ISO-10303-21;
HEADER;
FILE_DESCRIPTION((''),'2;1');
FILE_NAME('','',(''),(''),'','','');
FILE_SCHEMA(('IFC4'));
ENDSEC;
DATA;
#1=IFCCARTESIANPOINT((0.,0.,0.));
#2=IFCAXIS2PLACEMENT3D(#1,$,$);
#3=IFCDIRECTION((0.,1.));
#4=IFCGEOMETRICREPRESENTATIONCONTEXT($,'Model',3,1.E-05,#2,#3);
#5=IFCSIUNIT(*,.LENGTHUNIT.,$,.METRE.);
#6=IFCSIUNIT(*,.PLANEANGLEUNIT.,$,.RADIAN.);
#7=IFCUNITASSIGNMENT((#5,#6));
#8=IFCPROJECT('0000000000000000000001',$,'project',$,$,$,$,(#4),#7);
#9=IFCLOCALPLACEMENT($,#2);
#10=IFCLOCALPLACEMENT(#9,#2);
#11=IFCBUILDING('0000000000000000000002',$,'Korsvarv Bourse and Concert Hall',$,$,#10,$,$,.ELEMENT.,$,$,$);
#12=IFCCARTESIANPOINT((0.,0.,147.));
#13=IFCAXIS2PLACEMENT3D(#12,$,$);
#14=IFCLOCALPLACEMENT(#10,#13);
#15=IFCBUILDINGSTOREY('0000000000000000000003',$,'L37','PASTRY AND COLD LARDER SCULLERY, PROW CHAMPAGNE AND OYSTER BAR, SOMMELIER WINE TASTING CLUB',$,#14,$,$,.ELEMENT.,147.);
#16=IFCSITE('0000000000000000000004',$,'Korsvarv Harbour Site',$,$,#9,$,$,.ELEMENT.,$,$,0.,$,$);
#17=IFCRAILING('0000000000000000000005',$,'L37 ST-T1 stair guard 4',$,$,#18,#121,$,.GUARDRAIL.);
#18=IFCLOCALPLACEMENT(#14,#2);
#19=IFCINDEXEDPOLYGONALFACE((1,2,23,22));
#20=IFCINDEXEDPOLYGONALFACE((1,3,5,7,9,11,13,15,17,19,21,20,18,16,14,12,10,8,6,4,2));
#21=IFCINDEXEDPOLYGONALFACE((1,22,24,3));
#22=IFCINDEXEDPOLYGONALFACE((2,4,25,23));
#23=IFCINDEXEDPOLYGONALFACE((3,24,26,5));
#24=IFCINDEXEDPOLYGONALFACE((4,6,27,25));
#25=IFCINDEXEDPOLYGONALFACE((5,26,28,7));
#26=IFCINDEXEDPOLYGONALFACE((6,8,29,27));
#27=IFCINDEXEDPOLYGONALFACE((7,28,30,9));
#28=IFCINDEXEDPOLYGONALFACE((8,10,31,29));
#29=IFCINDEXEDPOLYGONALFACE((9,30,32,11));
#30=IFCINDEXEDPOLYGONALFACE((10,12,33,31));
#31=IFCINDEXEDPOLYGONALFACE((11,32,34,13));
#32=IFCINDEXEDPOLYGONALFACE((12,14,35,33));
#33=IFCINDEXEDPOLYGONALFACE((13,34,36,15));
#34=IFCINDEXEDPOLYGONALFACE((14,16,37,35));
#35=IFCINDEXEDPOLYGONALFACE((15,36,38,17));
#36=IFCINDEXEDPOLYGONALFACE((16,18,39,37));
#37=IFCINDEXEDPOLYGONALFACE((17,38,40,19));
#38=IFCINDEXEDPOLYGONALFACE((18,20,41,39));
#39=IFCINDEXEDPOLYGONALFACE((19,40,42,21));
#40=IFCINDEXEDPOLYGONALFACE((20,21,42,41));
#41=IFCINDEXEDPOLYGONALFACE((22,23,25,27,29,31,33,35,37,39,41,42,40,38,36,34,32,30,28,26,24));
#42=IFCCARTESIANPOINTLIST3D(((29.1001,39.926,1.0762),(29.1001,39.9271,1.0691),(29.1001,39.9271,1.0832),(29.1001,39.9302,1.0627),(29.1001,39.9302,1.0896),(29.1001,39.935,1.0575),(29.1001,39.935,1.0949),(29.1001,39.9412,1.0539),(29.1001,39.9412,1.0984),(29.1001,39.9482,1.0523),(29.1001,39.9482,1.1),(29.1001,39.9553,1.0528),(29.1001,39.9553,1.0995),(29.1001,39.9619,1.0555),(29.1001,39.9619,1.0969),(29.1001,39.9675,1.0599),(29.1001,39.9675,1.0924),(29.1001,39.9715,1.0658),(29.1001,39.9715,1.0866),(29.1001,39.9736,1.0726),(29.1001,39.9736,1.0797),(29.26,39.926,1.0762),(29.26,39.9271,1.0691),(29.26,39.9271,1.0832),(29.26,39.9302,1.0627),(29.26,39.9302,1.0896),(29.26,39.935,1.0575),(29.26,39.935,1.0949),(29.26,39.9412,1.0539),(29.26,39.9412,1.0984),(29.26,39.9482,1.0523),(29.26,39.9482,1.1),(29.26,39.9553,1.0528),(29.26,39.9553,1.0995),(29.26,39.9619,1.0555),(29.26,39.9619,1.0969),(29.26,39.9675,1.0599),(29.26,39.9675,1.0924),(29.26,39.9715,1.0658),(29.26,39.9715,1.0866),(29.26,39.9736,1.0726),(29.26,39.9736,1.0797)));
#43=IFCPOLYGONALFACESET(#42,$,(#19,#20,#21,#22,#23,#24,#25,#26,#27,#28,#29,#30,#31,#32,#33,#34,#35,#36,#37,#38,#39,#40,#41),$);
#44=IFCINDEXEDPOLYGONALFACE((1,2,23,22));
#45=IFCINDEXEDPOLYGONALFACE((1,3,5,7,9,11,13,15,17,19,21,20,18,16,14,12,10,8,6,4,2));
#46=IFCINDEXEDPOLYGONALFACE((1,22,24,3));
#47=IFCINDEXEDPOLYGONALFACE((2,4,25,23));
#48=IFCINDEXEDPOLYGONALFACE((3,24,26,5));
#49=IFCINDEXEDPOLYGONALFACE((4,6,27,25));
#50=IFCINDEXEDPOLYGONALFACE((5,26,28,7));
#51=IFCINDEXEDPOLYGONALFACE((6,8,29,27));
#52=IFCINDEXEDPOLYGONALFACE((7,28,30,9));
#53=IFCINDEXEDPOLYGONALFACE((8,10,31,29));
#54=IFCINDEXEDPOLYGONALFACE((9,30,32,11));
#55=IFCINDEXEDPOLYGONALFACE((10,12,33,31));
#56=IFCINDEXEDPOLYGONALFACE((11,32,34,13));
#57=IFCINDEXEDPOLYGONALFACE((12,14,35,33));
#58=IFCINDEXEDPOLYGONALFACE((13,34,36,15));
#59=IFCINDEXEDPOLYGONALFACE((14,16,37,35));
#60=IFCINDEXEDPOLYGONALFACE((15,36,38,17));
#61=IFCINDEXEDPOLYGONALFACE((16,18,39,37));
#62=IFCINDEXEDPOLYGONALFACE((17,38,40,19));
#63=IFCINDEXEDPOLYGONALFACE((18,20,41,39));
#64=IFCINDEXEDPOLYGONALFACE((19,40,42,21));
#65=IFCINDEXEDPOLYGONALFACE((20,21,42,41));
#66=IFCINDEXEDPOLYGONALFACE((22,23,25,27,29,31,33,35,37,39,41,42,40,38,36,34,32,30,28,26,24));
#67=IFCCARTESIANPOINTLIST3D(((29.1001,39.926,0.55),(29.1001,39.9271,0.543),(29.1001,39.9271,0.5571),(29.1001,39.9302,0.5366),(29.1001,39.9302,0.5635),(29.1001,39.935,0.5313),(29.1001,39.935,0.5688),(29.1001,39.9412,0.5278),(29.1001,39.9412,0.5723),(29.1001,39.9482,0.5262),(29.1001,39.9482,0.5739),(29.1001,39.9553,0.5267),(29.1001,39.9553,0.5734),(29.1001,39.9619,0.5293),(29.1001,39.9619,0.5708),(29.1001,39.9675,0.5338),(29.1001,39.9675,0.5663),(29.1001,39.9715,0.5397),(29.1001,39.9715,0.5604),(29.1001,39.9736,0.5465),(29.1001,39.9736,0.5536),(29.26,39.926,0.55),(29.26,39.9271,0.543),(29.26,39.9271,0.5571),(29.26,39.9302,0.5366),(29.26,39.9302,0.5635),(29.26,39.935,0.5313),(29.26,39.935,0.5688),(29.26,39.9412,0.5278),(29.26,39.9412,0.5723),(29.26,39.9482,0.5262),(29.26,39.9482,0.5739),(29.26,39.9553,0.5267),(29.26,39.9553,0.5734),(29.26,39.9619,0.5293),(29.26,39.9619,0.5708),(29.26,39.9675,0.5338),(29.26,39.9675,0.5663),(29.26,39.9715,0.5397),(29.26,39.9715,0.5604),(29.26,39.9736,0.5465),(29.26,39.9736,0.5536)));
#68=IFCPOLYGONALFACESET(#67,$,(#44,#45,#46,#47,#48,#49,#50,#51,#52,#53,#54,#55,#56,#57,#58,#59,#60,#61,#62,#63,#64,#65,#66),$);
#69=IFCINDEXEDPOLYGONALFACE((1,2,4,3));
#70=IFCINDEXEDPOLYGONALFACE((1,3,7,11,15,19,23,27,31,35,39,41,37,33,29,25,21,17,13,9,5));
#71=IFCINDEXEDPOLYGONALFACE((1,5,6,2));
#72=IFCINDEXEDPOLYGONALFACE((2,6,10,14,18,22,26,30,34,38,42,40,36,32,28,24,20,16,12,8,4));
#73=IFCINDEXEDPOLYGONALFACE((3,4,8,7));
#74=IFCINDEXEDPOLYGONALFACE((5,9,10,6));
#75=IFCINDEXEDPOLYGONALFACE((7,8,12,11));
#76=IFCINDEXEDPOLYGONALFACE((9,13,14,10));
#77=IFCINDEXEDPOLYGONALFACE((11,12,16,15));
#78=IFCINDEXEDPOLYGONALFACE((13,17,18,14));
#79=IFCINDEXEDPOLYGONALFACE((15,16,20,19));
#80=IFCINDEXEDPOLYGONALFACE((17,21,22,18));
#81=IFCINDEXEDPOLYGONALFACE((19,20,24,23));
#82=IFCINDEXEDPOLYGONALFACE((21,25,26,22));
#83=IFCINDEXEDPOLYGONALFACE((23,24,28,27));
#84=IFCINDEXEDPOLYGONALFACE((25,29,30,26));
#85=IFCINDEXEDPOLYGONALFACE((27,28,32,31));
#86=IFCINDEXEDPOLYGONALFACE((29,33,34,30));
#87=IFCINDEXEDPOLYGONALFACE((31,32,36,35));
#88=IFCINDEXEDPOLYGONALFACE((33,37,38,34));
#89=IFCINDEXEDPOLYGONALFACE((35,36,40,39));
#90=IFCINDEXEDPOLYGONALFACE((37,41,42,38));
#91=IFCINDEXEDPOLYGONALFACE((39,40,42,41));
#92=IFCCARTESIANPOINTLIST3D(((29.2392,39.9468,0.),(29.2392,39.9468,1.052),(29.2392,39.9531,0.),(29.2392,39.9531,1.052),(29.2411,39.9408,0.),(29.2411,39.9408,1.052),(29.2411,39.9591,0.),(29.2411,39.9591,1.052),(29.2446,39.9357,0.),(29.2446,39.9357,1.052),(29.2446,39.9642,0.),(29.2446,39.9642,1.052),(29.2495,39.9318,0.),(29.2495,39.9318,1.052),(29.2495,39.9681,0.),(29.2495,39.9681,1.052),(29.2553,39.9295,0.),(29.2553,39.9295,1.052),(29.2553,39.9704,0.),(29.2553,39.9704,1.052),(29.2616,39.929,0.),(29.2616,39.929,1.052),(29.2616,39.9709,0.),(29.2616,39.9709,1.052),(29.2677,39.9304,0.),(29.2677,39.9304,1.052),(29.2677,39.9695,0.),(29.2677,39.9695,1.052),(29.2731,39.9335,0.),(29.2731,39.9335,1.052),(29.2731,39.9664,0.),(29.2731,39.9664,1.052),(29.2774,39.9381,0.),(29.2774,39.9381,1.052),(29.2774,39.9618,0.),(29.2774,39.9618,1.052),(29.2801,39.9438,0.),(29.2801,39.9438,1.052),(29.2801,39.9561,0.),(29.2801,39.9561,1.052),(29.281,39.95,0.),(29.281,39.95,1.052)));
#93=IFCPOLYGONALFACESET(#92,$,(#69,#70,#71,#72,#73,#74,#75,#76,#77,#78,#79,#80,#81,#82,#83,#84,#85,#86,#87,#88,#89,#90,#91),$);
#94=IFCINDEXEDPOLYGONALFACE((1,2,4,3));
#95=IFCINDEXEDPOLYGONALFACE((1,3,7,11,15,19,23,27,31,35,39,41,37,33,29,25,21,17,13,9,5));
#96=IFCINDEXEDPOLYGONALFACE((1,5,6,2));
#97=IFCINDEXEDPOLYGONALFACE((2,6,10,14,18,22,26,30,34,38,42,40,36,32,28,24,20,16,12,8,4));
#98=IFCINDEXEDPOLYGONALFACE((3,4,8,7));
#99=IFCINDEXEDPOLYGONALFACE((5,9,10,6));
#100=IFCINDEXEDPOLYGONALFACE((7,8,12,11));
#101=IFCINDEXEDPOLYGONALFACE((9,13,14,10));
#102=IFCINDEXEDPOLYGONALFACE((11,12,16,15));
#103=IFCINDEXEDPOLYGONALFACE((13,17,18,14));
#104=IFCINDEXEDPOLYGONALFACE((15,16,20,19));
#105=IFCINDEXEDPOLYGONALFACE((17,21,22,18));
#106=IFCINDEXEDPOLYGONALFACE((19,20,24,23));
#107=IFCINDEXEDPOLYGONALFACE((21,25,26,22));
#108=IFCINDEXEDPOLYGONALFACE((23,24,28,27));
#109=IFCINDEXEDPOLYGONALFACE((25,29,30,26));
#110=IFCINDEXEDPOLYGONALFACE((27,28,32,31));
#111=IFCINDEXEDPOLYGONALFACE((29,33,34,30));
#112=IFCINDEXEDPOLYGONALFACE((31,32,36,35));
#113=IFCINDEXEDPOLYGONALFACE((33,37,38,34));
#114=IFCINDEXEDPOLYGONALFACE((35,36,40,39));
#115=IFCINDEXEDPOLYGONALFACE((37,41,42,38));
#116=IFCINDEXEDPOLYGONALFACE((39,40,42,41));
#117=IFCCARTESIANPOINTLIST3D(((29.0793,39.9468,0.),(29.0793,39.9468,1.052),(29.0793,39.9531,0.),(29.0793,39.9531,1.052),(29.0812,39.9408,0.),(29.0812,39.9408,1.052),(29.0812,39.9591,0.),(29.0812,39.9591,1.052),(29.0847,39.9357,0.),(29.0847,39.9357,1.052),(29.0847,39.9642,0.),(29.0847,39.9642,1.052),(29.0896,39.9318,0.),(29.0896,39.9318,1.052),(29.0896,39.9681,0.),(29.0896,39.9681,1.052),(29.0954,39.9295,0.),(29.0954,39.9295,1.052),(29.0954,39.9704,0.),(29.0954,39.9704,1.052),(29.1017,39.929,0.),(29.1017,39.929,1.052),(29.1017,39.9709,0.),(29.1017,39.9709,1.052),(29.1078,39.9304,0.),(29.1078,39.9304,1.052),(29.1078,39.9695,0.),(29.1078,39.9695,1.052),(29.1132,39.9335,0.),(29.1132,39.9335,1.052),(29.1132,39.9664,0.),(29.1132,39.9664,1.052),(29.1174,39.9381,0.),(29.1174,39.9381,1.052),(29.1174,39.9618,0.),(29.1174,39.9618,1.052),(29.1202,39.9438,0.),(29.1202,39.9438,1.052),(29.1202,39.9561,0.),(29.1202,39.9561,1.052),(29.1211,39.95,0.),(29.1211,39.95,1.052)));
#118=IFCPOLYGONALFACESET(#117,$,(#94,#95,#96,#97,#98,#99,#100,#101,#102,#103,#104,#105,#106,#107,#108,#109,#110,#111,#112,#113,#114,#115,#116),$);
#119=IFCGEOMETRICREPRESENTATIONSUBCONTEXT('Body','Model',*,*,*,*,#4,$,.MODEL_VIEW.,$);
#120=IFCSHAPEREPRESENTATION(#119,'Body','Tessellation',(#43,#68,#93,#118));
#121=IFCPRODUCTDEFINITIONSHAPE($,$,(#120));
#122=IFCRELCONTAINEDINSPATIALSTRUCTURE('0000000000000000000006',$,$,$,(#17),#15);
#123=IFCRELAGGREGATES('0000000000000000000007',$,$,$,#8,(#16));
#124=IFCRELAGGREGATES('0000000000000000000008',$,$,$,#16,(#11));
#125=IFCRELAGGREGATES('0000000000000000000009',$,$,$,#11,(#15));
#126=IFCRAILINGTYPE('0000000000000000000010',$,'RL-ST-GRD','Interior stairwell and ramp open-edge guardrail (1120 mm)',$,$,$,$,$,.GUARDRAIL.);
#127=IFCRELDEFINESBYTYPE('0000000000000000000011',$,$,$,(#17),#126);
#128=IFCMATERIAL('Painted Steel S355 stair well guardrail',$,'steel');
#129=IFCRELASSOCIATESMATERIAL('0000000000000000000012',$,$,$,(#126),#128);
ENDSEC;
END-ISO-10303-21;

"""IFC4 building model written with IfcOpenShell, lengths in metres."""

from ifc_helpers import new_model, si_unit, direction, frame, origin, origin_2d, place, context, subcontext, project, spatial, circle, extrude, material, type_object, element, save


model = new_model("IFC4")

# Units and contexts
model_context = context("Model", 3, precision=1e-05, world=origin(), true_north=direction((0.0, 1.0)))
body_context = subcontext(model_context, "Body", "Model", "MODEL_VIEW")
ifc_project = project(units=[si_unit("LENGTHUNIT", "METRE"), si_unit("PLANEANGLEUNIT", "RADIAN")], contexts=[model_context])

# Site, building, storey
site_placement = place(None, origin())
site = spatial("IfcSite", under=ifc_project, at=site_placement, Name="Korsvarv Harbour Site", CompositionType="ELEMENT", RefElevation=0.0)
building_placement = place(site_placement, origin())
building = spatial("IfcBuilding", under=site, at=building_placement, Name="Korsvarv Bourse and Concert Hall", CompositionType="ELEMENT")
storey_placement = place(building_placement, frame((0.0, 0.0, 147.0)))
storey = spatial("IfcBuildingStorey", under=building, at=storey_placement, Name="L37", Description="PASTRY AND COLD LARDER SCULLERY, PROW CHAMPAGNE AND OYSTER BAR, SOMMELIER WINE TASTING CLUB", CompositionType="ELEMENT", Elevation=147.0)

# Railing
ifc_material_1 = material(Name="Painted Steel S355 stair well guardrail", Category="steel")
railing_type_1 = type_object("IfcRailingType", Name="RL-ST-GRD", Description="Interior stairwell and ramp open-edge guardrail (1120 mm)", PredefinedType="GUARDRAIL", material=ifc_material_1)
railing_1_placement = place(storey_placement, frame((29.26, 39.95, 0.0)))
element("IfcRailing", 1, at=railing_1_placement, inside=storey, type_object=railing_type_1, Name="L37 ST-T1 stair guard 4", PredefinedType="GUARDRAIL", context=body_context, shape_type="SweptSolid", body=[
    extrude(circle(Radius=0.0239, at=origin_2d()), frame((0.0, 0.0, 1.0762), z_axis=(-1.0, 0.0, 0.0), x_axis=(0.0, -1.0, 0.0)), (0.0, 0.0, 1.0), 0.1599),
    extrude(circle(Radius=0.0239, at=origin_2d()), frame((0.0, 0.0, 0.55), z_axis=(-1.0, 0.0, 0.0), x_axis=(0.0, -1.0, 0.0)), (0.0, 0.0, 1.0), 0.1599),
    extrude(circle(Radius=0.021, at=origin_2d()), origin(), (0.0, 0.0, 1.0), 1.052),
    extrude(circle(Radius=0.021, at=origin_2d()), frame((-0.1599, 0.0, 0.0)), (0.0, 0.0, 1.0), 1.052),
])

save(model, "model.ifc")
